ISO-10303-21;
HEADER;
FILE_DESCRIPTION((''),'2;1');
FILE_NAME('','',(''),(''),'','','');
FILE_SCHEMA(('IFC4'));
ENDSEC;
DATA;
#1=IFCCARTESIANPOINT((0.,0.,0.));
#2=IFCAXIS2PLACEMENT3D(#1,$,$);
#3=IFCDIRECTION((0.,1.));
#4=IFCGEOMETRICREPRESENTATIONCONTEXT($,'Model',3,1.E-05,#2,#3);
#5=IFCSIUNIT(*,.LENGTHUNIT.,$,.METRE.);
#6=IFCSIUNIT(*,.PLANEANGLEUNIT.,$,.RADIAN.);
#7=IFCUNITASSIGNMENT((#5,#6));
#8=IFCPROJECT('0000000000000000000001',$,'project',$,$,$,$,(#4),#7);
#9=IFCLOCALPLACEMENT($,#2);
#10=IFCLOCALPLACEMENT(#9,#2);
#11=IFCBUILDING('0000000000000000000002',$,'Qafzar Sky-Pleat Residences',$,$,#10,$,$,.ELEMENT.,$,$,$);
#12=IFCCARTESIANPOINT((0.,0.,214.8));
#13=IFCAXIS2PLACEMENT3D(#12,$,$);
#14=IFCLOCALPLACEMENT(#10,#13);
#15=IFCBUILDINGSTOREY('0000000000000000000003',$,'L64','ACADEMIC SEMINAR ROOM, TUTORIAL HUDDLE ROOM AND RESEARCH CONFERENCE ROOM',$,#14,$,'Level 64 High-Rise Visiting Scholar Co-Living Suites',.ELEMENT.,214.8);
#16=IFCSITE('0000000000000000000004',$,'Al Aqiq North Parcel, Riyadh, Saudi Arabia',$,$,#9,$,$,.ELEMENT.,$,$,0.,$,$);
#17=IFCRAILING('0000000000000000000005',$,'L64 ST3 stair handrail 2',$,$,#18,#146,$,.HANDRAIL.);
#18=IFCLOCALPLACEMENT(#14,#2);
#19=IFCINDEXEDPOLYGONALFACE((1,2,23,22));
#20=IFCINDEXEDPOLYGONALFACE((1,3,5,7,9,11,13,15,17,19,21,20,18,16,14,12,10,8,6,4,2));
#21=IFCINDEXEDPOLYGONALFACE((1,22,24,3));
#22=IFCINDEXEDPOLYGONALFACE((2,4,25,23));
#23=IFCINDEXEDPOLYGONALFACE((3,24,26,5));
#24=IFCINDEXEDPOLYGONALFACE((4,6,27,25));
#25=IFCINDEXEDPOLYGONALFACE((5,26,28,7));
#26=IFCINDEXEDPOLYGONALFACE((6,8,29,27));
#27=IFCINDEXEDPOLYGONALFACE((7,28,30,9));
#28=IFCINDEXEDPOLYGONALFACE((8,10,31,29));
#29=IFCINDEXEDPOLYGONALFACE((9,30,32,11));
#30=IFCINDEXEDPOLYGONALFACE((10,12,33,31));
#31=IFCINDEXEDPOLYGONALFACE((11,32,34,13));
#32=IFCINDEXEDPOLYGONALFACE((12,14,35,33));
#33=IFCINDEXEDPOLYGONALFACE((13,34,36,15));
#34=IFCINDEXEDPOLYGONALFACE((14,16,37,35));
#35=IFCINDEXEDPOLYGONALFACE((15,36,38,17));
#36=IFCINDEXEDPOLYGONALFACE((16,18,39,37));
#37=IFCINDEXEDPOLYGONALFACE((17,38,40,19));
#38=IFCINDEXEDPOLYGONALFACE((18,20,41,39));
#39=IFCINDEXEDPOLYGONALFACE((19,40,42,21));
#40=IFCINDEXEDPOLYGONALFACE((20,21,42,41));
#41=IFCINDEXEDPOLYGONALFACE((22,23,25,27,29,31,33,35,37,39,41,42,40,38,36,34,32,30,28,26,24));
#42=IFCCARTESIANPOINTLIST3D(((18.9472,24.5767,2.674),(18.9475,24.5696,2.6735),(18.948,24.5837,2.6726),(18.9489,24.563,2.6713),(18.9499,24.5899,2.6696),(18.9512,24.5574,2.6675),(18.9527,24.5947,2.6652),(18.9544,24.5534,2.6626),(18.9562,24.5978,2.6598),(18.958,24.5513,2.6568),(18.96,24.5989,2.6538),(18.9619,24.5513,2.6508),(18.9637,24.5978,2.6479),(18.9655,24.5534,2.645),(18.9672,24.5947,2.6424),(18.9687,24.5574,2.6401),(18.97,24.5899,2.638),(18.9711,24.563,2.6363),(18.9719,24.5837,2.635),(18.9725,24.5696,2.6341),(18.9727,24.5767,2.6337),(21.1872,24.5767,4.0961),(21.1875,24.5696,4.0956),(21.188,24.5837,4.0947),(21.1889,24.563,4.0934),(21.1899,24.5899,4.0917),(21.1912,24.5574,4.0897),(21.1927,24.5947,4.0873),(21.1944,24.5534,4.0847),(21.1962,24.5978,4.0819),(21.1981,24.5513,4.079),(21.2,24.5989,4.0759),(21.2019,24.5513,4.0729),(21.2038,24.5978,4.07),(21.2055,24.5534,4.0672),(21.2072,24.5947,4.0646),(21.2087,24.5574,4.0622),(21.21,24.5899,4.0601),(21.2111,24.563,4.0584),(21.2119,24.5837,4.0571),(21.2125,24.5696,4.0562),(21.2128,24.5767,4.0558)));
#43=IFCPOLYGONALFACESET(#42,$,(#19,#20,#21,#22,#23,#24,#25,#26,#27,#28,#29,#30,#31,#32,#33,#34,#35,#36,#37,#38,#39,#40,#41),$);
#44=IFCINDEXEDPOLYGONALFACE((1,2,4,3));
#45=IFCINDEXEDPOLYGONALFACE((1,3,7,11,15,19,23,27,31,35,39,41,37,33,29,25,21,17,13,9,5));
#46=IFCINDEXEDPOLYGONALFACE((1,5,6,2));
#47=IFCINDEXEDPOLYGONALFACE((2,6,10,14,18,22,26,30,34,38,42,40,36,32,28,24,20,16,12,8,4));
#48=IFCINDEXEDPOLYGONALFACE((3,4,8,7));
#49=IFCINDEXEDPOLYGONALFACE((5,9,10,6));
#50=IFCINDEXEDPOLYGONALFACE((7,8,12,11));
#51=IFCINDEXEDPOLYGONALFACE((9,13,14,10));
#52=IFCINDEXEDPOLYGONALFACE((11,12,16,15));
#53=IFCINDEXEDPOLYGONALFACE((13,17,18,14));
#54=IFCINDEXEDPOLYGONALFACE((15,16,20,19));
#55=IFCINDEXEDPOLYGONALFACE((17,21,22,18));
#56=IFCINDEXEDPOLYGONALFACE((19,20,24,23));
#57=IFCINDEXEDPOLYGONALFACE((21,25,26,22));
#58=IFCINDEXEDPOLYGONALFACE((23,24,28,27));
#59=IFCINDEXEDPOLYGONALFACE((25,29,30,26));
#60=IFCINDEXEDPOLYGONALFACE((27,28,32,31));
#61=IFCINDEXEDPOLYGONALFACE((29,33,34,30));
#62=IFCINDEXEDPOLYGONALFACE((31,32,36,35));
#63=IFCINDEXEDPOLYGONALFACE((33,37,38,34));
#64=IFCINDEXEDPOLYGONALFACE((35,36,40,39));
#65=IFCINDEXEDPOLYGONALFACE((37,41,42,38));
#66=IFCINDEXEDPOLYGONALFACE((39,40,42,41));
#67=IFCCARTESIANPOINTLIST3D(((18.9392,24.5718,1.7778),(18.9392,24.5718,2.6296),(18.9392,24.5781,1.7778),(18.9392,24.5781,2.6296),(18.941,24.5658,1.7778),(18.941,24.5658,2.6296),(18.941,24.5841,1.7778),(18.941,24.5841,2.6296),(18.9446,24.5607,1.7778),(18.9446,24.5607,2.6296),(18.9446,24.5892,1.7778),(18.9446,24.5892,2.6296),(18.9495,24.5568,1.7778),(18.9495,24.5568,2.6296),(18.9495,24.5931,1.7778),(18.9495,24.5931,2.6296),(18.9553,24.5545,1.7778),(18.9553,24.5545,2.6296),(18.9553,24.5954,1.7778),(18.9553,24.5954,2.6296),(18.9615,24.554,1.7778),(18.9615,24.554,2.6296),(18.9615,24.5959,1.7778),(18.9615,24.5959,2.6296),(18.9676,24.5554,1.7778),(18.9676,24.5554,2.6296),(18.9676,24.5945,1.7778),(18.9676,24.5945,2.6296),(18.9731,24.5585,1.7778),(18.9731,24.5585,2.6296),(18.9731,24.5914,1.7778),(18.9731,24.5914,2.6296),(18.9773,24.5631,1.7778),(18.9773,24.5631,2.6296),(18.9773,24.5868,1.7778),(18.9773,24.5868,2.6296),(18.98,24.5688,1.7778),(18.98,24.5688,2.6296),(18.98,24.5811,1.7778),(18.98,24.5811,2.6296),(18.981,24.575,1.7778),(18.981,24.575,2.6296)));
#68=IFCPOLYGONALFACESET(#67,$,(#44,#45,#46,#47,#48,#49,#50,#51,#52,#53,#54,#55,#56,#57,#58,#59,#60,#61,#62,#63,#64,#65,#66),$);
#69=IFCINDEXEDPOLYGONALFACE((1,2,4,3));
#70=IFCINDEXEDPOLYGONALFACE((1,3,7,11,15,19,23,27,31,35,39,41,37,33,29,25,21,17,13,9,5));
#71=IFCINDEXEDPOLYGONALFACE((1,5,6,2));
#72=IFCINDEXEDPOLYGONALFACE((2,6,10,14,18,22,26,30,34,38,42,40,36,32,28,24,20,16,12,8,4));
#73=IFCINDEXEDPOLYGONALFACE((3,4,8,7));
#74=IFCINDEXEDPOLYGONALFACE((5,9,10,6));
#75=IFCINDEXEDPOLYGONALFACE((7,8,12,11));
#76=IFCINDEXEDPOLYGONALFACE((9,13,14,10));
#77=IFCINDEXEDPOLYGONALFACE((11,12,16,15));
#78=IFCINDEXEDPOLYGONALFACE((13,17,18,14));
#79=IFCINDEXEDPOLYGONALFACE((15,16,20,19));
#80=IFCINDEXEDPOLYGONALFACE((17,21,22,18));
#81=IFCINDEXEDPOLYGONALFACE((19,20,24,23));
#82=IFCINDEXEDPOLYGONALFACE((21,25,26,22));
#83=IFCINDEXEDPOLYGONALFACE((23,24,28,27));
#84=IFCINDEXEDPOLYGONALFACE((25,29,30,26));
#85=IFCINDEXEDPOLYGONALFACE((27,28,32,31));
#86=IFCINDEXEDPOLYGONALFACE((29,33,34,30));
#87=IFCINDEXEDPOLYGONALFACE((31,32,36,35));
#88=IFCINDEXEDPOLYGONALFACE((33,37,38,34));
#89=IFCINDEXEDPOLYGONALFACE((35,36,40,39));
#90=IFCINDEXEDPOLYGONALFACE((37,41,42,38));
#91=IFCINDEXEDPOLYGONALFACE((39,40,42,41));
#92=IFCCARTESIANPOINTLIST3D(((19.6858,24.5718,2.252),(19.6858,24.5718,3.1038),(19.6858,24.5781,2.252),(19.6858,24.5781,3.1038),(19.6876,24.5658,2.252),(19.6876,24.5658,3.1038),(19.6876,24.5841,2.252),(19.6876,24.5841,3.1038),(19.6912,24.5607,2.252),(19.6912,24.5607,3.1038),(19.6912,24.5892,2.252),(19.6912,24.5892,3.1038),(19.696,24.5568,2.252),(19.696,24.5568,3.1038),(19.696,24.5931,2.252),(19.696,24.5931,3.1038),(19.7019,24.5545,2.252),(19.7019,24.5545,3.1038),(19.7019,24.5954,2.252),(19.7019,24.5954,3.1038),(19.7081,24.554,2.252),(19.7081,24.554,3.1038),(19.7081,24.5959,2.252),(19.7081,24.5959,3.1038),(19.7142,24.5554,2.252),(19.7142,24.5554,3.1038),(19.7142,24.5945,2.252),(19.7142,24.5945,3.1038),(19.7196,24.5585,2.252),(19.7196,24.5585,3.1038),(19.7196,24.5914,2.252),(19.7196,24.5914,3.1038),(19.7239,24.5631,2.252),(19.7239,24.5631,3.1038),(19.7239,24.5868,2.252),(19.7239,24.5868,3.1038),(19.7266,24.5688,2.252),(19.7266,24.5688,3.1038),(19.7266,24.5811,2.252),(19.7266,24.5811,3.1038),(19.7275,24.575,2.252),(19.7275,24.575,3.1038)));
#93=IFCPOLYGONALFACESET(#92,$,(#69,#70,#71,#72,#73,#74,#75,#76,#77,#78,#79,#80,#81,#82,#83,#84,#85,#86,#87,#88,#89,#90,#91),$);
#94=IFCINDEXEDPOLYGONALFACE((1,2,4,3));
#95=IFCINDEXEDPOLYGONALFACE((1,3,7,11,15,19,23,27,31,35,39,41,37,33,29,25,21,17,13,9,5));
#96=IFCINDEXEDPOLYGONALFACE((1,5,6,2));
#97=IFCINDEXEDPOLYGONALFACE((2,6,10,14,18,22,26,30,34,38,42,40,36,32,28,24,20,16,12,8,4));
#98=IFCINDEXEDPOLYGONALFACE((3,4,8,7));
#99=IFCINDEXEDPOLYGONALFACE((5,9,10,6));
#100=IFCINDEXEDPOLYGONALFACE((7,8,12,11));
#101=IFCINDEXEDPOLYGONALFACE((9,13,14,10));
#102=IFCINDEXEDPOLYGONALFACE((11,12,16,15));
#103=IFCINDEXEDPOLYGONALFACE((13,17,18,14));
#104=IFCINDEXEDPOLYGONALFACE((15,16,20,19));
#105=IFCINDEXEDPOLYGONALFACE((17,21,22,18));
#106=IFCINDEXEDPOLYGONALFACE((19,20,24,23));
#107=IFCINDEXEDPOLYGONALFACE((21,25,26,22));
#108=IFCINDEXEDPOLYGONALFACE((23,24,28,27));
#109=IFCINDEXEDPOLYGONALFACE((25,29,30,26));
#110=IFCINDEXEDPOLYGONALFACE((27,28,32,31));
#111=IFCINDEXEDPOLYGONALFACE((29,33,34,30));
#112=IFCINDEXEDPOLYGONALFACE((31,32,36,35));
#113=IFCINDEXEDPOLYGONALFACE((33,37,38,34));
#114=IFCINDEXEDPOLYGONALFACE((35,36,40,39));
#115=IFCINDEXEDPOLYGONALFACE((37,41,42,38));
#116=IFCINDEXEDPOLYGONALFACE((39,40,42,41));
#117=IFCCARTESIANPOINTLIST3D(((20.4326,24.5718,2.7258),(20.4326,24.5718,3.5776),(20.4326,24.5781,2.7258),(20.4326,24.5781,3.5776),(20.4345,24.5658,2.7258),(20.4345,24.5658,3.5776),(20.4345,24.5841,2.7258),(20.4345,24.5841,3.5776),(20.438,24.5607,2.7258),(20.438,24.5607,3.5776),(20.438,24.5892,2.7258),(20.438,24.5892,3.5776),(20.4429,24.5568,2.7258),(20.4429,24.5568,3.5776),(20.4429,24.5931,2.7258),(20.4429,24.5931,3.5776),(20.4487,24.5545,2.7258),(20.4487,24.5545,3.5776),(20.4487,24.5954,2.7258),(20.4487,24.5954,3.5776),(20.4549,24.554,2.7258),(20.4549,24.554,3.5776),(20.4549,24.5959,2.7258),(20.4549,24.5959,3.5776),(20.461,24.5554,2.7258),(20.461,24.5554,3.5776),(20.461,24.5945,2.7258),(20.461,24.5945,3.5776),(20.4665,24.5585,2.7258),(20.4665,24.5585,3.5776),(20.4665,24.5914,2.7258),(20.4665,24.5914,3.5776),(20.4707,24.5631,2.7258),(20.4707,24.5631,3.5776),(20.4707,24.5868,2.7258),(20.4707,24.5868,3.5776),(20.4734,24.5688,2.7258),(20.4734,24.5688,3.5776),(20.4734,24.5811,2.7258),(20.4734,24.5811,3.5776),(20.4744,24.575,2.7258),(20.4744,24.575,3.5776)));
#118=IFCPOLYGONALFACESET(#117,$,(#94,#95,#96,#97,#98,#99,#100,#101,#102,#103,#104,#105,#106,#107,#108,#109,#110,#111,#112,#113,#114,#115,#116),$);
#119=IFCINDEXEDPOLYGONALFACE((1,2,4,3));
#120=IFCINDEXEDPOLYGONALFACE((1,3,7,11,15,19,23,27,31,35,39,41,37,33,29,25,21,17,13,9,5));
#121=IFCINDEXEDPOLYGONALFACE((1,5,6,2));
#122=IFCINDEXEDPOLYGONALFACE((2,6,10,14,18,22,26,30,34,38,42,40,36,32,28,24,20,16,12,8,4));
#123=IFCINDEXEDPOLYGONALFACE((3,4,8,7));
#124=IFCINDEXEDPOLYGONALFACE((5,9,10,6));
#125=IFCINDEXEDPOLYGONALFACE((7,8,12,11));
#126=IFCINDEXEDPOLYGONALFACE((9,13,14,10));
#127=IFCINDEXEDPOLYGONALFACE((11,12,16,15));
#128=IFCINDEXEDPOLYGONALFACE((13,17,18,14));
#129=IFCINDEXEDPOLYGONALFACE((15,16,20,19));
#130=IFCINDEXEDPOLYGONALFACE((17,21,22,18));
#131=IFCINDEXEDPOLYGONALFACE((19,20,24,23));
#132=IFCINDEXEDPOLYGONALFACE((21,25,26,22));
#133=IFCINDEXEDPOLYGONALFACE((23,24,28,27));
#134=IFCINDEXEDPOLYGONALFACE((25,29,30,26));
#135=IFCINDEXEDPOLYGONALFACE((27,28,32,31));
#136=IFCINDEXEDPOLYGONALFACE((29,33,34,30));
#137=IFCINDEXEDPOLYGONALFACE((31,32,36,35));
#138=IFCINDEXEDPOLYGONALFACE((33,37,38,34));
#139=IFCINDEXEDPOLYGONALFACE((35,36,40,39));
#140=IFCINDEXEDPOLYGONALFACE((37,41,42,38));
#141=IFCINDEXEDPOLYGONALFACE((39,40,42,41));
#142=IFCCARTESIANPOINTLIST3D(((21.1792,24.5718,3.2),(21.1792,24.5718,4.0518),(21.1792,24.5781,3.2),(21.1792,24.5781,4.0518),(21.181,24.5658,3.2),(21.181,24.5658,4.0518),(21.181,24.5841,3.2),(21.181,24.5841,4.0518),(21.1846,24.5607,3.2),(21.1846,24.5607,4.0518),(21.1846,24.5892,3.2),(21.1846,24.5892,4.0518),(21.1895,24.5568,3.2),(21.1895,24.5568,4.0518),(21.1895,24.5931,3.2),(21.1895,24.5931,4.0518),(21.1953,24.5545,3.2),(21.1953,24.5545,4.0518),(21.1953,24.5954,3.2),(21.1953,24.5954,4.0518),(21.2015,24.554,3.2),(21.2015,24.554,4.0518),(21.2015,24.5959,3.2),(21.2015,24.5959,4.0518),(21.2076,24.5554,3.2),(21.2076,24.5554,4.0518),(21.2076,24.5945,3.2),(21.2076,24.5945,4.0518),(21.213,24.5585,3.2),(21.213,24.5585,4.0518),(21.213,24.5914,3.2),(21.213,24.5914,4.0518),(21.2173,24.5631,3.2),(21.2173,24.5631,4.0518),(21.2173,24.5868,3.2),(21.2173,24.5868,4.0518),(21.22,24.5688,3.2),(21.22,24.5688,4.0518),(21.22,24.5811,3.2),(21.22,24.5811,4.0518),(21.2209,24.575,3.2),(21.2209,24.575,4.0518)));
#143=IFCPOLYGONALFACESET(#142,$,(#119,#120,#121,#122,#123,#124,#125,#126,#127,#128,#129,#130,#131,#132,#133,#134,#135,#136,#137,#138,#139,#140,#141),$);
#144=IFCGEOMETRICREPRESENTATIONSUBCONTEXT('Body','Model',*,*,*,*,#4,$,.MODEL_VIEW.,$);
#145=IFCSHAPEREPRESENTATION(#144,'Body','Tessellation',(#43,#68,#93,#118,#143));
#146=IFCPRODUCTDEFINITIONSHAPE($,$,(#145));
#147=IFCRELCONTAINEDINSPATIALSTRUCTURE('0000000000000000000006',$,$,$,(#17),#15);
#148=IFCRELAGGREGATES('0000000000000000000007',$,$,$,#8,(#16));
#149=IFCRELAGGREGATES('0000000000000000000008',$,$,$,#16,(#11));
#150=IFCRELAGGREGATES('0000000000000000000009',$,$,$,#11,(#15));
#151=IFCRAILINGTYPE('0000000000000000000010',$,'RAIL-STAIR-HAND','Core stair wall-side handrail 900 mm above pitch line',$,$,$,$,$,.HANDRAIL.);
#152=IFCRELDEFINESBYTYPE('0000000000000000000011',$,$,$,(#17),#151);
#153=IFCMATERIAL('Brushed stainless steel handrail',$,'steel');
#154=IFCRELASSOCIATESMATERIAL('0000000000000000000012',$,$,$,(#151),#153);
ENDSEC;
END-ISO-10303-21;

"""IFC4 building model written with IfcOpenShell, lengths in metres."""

from ifc_helpers import new_model, si_unit, direction, frame, origin, origin_2d, place, context, subcontext, project, spatial, circle, extrude, source, transform, mapped, material, type_object, element, save


model = new_model("IFC4")

# Units and contexts
model_context = context("Model", 3, precision=1e-05, world=origin(), true_north=direction((0.0, 1.0)))
body_context = subcontext(model_context, "Body", "Model", "MODEL_VIEW")
ifc_project = project(units=[si_unit("LENGTHUNIT", "METRE"), si_unit("PLANEANGLEUNIT", "RADIAN")], contexts=[model_context])

# Site, building, storey
site_placement = place(None, origin())
site = spatial("IfcSite", under=ifc_project, at=site_placement, Name="Al Aqiq North Parcel, Riyadh, Saudi Arabia", CompositionType="ELEMENT", RefElevation=0.0)
building_placement = place(site_placement, origin())
building = spatial("IfcBuilding", under=site, at=building_placement, Name="Qafzar Sky-Pleat Residences", CompositionType="ELEMENT")
storey_placement = place(building_placement, frame((0.0, 0.0, 214.8)))
storey = spatial("IfcBuildingStorey", under=building, at=storey_placement, Name="L64", Description="ACADEMIC SEMINAR ROOM, TUTORIAL HUDDLE ROOM AND RESEARCH CONFERENCE ROOM", LongName="Level 64 High-Rise Visiting Scholar Co-Living Suites", CompositionType="ELEMENT", Elevation=214.8)

# Railing
ifc_material_1 = material(Name="Brushed stainless steel handrail", Category="steel")
railing_type_1 = type_object("IfcRailingType", Name="RAIL-STAIR-HAND", Description="Core stair wall-side handrail 900 mm above pitch line", PredefinedType="HANDRAIL", material=ifc_material_1)
shared_shape_1 = source(origin(), body_context, "Body", "SweptSolid", [
    extrude(circle(Radius=0.0239, at=origin_2d()), frame((0.0, 0.0, 0.876), z_axis=(0.844229, 0.0, 0.535982), x_axis=(0.0, 1.0, 0.0)), (0.0, 0.0, 1.0), 2.6533),
    extrude(circle(Radius=0.021, at=origin_2d()), origin(), (0.0, 0.0, 1.0), 0.8518),
    extrude(circle(Radius=0.021, at=origin_2d()), frame((0.7466, 0.0, 0.4741)), (0.0, 0.0, 1.0), 0.8518),
    extrude(circle(Radius=0.021, at=origin_2d()), frame((1.4934, 0.0, 0.948)), (0.0, 0.0, 1.0), 0.8518),
    extrude(circle(Radius=0.021, at=origin_2d()), frame((2.24, 0.0, 1.4221)), (0.0, 0.0, 1.0), 0.8518),
])
railing_1_placement = place(storey_placement, frame((18.96, 24.575, 1.7778)))
element("IfcRailing", 1, at=railing_1_placement, inside=storey, type_object=railing_type_1, Name="L64 ST3 stair handrail 2", PredefinedType="HANDRAIL", context=body_context, shape_type="MappedRepresentation", body=[
    mapped(shared_shape_1, transform((0.0, 0.0, 0.0), x_axis=(1.0, 0.0, 0.0), y_axis=(0.0, 1.0, 0.0), z_axis=(0.0, 0.0, 1.0), scale=1.0)),
])

save(model, "model.ifc")
